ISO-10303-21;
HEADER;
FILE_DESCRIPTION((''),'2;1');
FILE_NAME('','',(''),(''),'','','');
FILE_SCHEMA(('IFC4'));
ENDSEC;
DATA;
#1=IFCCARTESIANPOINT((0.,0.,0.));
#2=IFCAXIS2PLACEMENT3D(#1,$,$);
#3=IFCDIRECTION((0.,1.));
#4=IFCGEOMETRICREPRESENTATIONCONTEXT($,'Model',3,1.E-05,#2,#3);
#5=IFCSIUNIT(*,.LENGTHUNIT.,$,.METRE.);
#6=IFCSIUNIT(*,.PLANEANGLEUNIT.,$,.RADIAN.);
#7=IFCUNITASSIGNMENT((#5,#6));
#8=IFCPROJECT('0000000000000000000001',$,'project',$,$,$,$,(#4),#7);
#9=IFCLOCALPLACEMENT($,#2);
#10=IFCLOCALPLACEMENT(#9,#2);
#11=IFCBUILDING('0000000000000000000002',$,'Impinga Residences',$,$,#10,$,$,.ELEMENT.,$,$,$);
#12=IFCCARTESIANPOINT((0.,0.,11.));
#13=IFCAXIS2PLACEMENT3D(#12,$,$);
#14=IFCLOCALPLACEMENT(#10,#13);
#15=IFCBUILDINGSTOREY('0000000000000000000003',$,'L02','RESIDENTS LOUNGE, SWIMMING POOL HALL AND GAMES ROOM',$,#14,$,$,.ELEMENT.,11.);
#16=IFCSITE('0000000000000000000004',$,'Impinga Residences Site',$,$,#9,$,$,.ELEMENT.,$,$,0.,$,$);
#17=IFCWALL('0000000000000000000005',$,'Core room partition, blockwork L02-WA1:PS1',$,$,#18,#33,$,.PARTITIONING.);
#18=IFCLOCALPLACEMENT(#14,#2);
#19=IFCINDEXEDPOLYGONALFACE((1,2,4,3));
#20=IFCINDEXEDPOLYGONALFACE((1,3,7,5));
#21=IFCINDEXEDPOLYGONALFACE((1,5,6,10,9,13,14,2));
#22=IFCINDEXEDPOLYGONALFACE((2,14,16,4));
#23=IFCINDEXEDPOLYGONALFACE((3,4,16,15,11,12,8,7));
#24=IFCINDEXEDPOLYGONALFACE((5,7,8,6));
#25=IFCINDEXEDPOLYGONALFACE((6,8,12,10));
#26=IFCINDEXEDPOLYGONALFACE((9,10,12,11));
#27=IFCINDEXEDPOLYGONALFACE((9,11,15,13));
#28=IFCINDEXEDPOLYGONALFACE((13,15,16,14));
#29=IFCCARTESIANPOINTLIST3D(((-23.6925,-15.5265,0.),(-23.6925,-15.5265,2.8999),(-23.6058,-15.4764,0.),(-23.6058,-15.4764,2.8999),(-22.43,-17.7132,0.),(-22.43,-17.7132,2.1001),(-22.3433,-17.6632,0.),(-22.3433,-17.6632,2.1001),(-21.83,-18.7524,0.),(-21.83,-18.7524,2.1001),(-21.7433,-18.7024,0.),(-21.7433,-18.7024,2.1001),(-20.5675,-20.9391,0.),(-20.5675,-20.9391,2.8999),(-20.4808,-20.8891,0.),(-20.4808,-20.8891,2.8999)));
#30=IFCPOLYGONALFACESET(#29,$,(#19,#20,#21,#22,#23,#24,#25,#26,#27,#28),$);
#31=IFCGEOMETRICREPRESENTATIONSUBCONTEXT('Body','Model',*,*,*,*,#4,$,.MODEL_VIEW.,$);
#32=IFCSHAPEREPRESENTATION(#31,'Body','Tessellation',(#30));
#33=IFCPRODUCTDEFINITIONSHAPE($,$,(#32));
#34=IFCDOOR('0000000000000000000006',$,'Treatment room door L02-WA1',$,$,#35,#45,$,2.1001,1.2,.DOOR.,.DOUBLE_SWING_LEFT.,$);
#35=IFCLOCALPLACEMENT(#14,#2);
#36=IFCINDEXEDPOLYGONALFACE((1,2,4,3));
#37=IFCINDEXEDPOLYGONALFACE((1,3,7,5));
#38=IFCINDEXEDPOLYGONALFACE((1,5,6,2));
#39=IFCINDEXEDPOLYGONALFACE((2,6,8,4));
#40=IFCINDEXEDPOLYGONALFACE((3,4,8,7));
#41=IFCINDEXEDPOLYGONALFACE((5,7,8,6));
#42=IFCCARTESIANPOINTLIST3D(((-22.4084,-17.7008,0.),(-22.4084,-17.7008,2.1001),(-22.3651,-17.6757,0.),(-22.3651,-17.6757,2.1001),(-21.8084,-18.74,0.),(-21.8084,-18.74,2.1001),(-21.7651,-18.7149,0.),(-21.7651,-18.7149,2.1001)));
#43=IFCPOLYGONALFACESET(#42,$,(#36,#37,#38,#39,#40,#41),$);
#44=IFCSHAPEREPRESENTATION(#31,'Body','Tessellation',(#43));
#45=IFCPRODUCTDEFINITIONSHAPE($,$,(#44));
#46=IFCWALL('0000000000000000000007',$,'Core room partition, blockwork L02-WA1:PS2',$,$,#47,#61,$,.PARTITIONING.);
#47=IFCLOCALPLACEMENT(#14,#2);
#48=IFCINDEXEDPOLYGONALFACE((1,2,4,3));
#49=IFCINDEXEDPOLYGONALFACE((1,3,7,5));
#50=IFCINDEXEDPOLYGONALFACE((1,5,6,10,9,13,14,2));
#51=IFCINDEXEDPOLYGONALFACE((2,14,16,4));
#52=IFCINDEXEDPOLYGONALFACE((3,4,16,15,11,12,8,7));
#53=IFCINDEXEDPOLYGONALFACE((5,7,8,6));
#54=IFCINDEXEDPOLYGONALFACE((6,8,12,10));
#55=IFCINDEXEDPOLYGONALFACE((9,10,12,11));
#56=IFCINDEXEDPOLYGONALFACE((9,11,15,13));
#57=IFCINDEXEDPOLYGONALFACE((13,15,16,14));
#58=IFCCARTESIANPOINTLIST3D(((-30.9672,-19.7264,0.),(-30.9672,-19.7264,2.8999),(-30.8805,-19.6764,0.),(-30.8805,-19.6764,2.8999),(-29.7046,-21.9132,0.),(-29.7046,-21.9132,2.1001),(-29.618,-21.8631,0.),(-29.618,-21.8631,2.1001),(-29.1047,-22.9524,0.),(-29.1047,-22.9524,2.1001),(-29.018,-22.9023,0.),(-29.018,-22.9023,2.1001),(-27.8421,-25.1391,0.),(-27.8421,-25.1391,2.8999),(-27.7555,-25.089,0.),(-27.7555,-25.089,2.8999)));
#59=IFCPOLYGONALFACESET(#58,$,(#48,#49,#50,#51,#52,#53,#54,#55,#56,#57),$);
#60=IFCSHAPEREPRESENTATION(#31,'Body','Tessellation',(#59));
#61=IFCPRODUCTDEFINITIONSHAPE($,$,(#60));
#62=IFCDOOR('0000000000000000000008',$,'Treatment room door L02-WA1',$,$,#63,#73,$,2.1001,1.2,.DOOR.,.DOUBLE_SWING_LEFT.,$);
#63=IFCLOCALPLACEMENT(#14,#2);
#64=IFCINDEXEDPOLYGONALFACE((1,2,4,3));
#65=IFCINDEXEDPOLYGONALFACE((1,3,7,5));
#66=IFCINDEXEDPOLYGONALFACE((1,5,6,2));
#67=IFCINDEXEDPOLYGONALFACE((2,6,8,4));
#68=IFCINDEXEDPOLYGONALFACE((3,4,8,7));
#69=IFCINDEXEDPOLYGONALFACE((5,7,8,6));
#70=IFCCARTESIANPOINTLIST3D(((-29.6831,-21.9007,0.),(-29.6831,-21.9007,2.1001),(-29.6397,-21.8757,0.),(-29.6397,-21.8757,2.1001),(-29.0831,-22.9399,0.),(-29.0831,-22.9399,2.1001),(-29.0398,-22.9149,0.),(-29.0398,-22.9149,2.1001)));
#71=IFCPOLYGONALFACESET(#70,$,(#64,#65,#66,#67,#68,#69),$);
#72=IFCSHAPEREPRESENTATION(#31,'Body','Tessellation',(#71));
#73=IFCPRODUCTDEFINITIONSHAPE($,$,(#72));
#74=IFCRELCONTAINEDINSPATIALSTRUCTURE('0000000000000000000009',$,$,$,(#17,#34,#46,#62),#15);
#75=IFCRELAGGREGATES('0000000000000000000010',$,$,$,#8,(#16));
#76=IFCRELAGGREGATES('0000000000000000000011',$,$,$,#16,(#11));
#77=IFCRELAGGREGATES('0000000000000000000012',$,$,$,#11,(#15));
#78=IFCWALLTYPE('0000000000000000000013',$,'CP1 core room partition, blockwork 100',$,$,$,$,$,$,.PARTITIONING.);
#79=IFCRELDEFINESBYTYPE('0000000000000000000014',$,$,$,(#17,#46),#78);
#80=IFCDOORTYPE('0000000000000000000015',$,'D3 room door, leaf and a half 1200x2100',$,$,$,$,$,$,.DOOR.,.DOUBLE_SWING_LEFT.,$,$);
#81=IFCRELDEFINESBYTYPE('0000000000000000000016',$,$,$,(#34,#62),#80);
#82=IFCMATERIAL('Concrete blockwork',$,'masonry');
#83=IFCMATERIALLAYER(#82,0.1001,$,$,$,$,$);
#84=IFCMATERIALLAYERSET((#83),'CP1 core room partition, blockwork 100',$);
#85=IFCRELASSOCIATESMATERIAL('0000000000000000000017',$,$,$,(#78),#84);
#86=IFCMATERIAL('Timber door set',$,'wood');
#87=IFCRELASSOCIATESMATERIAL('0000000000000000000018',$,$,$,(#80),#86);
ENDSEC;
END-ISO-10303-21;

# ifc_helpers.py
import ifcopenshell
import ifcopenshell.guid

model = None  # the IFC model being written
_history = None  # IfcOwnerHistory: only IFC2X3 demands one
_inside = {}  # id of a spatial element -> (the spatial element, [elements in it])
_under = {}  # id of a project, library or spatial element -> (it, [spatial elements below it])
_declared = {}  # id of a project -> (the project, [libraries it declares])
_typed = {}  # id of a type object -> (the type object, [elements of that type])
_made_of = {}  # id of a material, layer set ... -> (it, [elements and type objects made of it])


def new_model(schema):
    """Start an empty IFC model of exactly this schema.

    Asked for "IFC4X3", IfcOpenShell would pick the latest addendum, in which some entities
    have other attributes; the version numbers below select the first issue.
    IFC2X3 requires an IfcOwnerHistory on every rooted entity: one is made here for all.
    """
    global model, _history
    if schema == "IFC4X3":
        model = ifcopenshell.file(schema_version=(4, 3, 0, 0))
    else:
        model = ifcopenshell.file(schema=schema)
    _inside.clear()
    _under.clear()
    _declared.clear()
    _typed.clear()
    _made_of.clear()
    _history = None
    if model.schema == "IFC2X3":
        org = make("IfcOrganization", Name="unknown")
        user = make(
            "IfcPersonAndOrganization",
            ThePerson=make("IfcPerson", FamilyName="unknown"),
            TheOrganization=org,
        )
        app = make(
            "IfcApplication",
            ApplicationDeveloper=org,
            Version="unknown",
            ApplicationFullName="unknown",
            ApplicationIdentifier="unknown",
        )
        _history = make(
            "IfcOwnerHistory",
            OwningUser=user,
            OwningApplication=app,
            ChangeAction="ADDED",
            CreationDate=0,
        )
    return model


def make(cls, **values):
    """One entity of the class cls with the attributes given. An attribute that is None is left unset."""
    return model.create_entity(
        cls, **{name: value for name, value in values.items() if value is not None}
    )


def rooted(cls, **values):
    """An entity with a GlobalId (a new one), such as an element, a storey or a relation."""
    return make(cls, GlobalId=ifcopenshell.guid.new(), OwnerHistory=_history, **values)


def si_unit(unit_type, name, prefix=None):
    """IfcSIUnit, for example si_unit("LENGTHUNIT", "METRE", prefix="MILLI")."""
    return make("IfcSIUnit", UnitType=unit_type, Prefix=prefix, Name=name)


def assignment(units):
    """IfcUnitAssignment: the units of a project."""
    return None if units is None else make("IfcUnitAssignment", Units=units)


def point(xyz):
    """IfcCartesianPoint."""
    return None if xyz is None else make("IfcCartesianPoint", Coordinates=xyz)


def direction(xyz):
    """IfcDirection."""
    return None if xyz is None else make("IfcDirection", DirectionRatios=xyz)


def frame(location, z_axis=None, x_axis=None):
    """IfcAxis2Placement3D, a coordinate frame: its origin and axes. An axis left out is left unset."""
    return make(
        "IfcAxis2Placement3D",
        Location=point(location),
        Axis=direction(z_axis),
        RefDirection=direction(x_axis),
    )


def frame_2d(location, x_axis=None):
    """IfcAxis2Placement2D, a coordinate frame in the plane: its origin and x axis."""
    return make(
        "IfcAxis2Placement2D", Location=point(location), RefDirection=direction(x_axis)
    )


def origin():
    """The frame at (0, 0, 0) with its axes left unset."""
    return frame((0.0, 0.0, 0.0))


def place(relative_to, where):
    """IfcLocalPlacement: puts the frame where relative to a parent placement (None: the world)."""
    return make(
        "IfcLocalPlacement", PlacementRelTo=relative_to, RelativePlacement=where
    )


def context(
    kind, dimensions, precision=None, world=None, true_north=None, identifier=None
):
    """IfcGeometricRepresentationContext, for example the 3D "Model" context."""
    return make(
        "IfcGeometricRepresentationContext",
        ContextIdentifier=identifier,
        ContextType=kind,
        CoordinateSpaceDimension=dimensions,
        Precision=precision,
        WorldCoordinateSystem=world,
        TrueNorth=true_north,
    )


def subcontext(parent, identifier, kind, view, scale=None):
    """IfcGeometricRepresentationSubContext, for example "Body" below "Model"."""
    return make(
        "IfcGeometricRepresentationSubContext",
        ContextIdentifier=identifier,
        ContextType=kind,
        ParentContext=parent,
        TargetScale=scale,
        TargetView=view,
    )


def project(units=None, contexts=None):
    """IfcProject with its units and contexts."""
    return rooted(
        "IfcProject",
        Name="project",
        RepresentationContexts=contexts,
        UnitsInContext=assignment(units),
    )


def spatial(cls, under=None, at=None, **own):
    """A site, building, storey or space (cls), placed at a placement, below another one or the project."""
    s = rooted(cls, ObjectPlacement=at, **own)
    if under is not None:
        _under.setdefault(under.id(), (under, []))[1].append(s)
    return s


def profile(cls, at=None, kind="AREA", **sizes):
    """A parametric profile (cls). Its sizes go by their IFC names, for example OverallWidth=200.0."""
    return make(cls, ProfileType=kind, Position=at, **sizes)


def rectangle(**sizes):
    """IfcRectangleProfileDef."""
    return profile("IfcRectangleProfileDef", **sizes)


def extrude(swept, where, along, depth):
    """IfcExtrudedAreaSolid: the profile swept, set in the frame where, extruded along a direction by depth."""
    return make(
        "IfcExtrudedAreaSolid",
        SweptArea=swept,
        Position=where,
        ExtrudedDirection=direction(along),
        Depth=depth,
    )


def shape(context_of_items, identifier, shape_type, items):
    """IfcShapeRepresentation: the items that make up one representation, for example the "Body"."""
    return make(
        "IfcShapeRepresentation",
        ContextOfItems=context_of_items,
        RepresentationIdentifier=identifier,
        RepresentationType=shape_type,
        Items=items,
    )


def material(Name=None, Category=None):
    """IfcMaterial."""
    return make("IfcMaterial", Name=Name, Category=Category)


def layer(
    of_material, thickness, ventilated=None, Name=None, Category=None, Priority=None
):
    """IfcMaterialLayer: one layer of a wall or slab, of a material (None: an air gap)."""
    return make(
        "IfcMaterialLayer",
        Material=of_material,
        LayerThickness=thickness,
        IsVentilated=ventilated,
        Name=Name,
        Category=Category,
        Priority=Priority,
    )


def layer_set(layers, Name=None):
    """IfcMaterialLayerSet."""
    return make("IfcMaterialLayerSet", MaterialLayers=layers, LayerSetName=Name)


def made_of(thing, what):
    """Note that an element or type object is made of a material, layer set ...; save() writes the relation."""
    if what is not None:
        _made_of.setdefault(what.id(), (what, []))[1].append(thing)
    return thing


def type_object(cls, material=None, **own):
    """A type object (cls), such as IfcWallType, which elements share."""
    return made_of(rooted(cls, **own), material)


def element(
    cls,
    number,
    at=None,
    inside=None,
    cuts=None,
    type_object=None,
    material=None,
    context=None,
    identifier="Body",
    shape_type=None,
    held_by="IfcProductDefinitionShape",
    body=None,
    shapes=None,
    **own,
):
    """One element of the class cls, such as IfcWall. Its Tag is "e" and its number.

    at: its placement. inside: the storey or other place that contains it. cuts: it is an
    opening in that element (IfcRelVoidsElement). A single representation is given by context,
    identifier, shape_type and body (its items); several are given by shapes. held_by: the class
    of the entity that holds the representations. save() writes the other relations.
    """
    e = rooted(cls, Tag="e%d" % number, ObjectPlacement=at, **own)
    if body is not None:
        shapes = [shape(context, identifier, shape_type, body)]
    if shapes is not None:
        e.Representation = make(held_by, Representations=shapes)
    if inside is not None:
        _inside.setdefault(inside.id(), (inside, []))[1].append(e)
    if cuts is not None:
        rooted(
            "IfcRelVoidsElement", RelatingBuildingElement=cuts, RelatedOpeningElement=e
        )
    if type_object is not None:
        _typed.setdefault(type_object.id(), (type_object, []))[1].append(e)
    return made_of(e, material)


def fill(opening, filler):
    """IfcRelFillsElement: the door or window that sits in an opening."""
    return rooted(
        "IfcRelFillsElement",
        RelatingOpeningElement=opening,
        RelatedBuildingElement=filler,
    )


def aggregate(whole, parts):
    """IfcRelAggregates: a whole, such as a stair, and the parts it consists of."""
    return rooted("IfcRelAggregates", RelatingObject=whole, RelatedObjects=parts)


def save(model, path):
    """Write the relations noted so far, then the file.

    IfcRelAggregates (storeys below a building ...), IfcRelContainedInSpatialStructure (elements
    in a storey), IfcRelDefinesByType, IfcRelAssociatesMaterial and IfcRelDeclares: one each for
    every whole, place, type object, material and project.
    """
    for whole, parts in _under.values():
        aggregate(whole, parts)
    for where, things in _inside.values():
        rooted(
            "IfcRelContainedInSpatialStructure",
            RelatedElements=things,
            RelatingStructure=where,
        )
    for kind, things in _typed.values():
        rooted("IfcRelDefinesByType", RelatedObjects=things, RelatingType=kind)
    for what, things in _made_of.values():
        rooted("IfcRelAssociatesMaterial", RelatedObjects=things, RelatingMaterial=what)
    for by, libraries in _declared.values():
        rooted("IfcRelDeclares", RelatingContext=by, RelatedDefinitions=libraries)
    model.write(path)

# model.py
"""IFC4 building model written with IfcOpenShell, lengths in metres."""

from ifc_helpers import new_model, si_unit, direction, frame, frame_2d, origin, place, context, subcontext, project, spatial, rectangle, extrude, material, layer, layer_set, type_object, element, fill, save


model = new_model("IFC4")

# Units and contexts
model_context = context("Model", 3, precision=1e-05, world=origin(), true_north=direction((0.0, 1.0)))
body_context = subcontext(model_context, "Body", "Model", "MODEL_VIEW")
ifc_project = project(units=[si_unit("LENGTHUNIT", "METRE"), si_unit("PLANEANGLEUNIT", "RADIAN")], contexts=[model_context])

# Site, building, storey
site_placement = place(None, origin())
site = spatial("IfcSite", under=ifc_project, at=site_placement, Name="Impinga Residences Site", CompositionType="ELEMENT", RefElevation=0.0)
building_placement = place(site_placement, origin())
building = spatial("IfcBuilding", under=site, at=building_placement, Name="Impinga Residences", CompositionType="ELEMENT")
storey_placement = place(building_placement, frame((0.0, 0.0, 11.0)))
storey = spatial("IfcBuildingStorey", under=building, at=storey_placement, Name="L02", Description="RESIDENTS LOUNGE, SWIMMING POOL HALL AND GAMES ROOM", CompositionType="ELEMENT", Elevation=11.0)

# Walls, openings, doors
ifc_material_1 = material(Name="Concrete blockwork", Category="masonry")
ifc_layer_1 = layer(ifc_material_1, 0.1001)
ifc_layer_set_1 = layer_set([ifc_layer_1], Name="CP1 core room partition, blockwork 100")
wall_type_1 = type_object("IfcWallType", Name="CP1 core room partition, blockwork 100", PredefinedType="PARTITIONING", material=ifc_layer_set_1)
wall_1_placement = place(storey_placement, frame((-23.6492, -15.5015, 0.0), z_axis=(0.0, 0.0, 1.0), x_axis=(0.500004, -0.866023, 0.0)))
wall_1 = element("IfcWall", 1, at=wall_1_placement, inside=storey, type_object=wall_type_1, Name="Core room partition, blockwork L02-WA1:PS1", PredefinedType="PARTITIONING", context=body_context, shape_type="SweptSolid", body=[
    extrude(rectangle(XDim=6.25, YDim=0.1001, at=frame_2d((3.125, 0.0))), origin(), (0.0, 0.0, 1.0), 2.8999),
])
opening_1_placement = place(wall_1_placement, frame((2.5249, 0.0, 0.0)))
opening_1 = element("IfcOpeningElement", 2, at=opening_1_placement, cuts=wall_1, PredefinedType="OPENING", context=body_context, shape_type="SweptSolid", body=[
    extrude(rectangle(XDim=1.2, YDim=2.1001, at=frame_2d((0.6001, 1.05))), frame((0.0, 0.0601, 0.0), z_axis=(0.0, -1.0, 0.0), x_axis=(1.0, 0.0, 0.0)), (0.0, 0.0, 1.0), 0.1201),
])
ifc_material_2 = material(Name="Timber door set", Category="wood")
door_type_1 = type_object("IfcDoorType", Name="D3 room door, leaf and a half 1200x2100", OperationType="DOUBLE_SWING_LEFT", PredefinedType="DOOR", material=ifc_material_2)
door_1_placement = place(opening_1_placement, origin())
door_1 = element("IfcDoor", 3, at=door_1_placement, inside=storey, type_object=door_type_1, Name="Treatment room door L02-WA1", OperationType="DOUBLE_SWING_LEFT", OverallHeight=2.1001, OverallWidth=1.2, PredefinedType="DOOR", context=body_context, shape_type="SweptSolid", body=[
    extrude(rectangle(XDim=1.2, YDim=2.1001, at=frame_2d((0.6001, 1.05))), frame((0.0, 0.0249, 0.0), z_axis=(0.0, -1.0, 0.0), x_axis=(1.0, 0.0, 0.0)), (0.0, 0.0, 1.0), 0.05),
])
fill(opening_1, door_1)
wall_2_placement = place(storey_placement, frame((-30.9238, -19.7014, 0.0), z_axis=(0.0, 0.0, 1.0), x_axis=(0.500004, -0.866023, 0.0)))
wall_2 = element("IfcWall", 4, at=wall_2_placement, inside=storey, type_object=wall_type_1, Name="Core room partition, blockwork L02-WA1:PS2", PredefinedType="PARTITIONING", context=body_context, shape_type="SweptSolid", body=[
    extrude(rectangle(XDim=6.25, YDim=0.1001, at=frame_2d((3.125, 0.0))), origin(), (0.0, 0.0, 1.0), 2.8999),
])
opening_2_placement = place(wall_2_placement, frame((2.5249, 0.0, 0.0)))
opening_2 = element("IfcOpeningElement", 5, at=opening_2_placement, cuts=wall_2, PredefinedType="OPENING", context=body_context, shape_type="SweptSolid", body=[
    extrude(rectangle(XDim=1.2, YDim=2.1001, at=frame_2d((0.6001, 1.05))), frame((0.0, 0.0601, 0.0), z_axis=(0.0, -1.0, 0.0), x_axis=(1.0, 0.0, 0.0)), (0.0, 0.0, 1.0), 0.1201),
])
door_2_placement = place(opening_2_placement, origin())
door_2 = element("IfcDoor", 6, at=door_2_placement, inside=storey, type_object=door_type_1, Name="Treatment room door L02-WA1", OperationType="DOUBLE_SWING_LEFT", OverallHeight=2.1001, OverallWidth=1.2, PredefinedType="DOOR", context=body_context, shape_type="SweptSolid", body=[
    extrude(rectangle(XDim=1.2, YDim=2.1001, at=frame_2d((0.6001, 1.05))), frame((0.0, 0.0249, 0.0), z_axis=(0.0, -1.0, 0.0), x_axis=(1.0, 0.0, 0.0)), (0.0, 0.0, 1.0), 0.05),
])
fill(opening_2, door_2)

save(model, "model.ifc")
